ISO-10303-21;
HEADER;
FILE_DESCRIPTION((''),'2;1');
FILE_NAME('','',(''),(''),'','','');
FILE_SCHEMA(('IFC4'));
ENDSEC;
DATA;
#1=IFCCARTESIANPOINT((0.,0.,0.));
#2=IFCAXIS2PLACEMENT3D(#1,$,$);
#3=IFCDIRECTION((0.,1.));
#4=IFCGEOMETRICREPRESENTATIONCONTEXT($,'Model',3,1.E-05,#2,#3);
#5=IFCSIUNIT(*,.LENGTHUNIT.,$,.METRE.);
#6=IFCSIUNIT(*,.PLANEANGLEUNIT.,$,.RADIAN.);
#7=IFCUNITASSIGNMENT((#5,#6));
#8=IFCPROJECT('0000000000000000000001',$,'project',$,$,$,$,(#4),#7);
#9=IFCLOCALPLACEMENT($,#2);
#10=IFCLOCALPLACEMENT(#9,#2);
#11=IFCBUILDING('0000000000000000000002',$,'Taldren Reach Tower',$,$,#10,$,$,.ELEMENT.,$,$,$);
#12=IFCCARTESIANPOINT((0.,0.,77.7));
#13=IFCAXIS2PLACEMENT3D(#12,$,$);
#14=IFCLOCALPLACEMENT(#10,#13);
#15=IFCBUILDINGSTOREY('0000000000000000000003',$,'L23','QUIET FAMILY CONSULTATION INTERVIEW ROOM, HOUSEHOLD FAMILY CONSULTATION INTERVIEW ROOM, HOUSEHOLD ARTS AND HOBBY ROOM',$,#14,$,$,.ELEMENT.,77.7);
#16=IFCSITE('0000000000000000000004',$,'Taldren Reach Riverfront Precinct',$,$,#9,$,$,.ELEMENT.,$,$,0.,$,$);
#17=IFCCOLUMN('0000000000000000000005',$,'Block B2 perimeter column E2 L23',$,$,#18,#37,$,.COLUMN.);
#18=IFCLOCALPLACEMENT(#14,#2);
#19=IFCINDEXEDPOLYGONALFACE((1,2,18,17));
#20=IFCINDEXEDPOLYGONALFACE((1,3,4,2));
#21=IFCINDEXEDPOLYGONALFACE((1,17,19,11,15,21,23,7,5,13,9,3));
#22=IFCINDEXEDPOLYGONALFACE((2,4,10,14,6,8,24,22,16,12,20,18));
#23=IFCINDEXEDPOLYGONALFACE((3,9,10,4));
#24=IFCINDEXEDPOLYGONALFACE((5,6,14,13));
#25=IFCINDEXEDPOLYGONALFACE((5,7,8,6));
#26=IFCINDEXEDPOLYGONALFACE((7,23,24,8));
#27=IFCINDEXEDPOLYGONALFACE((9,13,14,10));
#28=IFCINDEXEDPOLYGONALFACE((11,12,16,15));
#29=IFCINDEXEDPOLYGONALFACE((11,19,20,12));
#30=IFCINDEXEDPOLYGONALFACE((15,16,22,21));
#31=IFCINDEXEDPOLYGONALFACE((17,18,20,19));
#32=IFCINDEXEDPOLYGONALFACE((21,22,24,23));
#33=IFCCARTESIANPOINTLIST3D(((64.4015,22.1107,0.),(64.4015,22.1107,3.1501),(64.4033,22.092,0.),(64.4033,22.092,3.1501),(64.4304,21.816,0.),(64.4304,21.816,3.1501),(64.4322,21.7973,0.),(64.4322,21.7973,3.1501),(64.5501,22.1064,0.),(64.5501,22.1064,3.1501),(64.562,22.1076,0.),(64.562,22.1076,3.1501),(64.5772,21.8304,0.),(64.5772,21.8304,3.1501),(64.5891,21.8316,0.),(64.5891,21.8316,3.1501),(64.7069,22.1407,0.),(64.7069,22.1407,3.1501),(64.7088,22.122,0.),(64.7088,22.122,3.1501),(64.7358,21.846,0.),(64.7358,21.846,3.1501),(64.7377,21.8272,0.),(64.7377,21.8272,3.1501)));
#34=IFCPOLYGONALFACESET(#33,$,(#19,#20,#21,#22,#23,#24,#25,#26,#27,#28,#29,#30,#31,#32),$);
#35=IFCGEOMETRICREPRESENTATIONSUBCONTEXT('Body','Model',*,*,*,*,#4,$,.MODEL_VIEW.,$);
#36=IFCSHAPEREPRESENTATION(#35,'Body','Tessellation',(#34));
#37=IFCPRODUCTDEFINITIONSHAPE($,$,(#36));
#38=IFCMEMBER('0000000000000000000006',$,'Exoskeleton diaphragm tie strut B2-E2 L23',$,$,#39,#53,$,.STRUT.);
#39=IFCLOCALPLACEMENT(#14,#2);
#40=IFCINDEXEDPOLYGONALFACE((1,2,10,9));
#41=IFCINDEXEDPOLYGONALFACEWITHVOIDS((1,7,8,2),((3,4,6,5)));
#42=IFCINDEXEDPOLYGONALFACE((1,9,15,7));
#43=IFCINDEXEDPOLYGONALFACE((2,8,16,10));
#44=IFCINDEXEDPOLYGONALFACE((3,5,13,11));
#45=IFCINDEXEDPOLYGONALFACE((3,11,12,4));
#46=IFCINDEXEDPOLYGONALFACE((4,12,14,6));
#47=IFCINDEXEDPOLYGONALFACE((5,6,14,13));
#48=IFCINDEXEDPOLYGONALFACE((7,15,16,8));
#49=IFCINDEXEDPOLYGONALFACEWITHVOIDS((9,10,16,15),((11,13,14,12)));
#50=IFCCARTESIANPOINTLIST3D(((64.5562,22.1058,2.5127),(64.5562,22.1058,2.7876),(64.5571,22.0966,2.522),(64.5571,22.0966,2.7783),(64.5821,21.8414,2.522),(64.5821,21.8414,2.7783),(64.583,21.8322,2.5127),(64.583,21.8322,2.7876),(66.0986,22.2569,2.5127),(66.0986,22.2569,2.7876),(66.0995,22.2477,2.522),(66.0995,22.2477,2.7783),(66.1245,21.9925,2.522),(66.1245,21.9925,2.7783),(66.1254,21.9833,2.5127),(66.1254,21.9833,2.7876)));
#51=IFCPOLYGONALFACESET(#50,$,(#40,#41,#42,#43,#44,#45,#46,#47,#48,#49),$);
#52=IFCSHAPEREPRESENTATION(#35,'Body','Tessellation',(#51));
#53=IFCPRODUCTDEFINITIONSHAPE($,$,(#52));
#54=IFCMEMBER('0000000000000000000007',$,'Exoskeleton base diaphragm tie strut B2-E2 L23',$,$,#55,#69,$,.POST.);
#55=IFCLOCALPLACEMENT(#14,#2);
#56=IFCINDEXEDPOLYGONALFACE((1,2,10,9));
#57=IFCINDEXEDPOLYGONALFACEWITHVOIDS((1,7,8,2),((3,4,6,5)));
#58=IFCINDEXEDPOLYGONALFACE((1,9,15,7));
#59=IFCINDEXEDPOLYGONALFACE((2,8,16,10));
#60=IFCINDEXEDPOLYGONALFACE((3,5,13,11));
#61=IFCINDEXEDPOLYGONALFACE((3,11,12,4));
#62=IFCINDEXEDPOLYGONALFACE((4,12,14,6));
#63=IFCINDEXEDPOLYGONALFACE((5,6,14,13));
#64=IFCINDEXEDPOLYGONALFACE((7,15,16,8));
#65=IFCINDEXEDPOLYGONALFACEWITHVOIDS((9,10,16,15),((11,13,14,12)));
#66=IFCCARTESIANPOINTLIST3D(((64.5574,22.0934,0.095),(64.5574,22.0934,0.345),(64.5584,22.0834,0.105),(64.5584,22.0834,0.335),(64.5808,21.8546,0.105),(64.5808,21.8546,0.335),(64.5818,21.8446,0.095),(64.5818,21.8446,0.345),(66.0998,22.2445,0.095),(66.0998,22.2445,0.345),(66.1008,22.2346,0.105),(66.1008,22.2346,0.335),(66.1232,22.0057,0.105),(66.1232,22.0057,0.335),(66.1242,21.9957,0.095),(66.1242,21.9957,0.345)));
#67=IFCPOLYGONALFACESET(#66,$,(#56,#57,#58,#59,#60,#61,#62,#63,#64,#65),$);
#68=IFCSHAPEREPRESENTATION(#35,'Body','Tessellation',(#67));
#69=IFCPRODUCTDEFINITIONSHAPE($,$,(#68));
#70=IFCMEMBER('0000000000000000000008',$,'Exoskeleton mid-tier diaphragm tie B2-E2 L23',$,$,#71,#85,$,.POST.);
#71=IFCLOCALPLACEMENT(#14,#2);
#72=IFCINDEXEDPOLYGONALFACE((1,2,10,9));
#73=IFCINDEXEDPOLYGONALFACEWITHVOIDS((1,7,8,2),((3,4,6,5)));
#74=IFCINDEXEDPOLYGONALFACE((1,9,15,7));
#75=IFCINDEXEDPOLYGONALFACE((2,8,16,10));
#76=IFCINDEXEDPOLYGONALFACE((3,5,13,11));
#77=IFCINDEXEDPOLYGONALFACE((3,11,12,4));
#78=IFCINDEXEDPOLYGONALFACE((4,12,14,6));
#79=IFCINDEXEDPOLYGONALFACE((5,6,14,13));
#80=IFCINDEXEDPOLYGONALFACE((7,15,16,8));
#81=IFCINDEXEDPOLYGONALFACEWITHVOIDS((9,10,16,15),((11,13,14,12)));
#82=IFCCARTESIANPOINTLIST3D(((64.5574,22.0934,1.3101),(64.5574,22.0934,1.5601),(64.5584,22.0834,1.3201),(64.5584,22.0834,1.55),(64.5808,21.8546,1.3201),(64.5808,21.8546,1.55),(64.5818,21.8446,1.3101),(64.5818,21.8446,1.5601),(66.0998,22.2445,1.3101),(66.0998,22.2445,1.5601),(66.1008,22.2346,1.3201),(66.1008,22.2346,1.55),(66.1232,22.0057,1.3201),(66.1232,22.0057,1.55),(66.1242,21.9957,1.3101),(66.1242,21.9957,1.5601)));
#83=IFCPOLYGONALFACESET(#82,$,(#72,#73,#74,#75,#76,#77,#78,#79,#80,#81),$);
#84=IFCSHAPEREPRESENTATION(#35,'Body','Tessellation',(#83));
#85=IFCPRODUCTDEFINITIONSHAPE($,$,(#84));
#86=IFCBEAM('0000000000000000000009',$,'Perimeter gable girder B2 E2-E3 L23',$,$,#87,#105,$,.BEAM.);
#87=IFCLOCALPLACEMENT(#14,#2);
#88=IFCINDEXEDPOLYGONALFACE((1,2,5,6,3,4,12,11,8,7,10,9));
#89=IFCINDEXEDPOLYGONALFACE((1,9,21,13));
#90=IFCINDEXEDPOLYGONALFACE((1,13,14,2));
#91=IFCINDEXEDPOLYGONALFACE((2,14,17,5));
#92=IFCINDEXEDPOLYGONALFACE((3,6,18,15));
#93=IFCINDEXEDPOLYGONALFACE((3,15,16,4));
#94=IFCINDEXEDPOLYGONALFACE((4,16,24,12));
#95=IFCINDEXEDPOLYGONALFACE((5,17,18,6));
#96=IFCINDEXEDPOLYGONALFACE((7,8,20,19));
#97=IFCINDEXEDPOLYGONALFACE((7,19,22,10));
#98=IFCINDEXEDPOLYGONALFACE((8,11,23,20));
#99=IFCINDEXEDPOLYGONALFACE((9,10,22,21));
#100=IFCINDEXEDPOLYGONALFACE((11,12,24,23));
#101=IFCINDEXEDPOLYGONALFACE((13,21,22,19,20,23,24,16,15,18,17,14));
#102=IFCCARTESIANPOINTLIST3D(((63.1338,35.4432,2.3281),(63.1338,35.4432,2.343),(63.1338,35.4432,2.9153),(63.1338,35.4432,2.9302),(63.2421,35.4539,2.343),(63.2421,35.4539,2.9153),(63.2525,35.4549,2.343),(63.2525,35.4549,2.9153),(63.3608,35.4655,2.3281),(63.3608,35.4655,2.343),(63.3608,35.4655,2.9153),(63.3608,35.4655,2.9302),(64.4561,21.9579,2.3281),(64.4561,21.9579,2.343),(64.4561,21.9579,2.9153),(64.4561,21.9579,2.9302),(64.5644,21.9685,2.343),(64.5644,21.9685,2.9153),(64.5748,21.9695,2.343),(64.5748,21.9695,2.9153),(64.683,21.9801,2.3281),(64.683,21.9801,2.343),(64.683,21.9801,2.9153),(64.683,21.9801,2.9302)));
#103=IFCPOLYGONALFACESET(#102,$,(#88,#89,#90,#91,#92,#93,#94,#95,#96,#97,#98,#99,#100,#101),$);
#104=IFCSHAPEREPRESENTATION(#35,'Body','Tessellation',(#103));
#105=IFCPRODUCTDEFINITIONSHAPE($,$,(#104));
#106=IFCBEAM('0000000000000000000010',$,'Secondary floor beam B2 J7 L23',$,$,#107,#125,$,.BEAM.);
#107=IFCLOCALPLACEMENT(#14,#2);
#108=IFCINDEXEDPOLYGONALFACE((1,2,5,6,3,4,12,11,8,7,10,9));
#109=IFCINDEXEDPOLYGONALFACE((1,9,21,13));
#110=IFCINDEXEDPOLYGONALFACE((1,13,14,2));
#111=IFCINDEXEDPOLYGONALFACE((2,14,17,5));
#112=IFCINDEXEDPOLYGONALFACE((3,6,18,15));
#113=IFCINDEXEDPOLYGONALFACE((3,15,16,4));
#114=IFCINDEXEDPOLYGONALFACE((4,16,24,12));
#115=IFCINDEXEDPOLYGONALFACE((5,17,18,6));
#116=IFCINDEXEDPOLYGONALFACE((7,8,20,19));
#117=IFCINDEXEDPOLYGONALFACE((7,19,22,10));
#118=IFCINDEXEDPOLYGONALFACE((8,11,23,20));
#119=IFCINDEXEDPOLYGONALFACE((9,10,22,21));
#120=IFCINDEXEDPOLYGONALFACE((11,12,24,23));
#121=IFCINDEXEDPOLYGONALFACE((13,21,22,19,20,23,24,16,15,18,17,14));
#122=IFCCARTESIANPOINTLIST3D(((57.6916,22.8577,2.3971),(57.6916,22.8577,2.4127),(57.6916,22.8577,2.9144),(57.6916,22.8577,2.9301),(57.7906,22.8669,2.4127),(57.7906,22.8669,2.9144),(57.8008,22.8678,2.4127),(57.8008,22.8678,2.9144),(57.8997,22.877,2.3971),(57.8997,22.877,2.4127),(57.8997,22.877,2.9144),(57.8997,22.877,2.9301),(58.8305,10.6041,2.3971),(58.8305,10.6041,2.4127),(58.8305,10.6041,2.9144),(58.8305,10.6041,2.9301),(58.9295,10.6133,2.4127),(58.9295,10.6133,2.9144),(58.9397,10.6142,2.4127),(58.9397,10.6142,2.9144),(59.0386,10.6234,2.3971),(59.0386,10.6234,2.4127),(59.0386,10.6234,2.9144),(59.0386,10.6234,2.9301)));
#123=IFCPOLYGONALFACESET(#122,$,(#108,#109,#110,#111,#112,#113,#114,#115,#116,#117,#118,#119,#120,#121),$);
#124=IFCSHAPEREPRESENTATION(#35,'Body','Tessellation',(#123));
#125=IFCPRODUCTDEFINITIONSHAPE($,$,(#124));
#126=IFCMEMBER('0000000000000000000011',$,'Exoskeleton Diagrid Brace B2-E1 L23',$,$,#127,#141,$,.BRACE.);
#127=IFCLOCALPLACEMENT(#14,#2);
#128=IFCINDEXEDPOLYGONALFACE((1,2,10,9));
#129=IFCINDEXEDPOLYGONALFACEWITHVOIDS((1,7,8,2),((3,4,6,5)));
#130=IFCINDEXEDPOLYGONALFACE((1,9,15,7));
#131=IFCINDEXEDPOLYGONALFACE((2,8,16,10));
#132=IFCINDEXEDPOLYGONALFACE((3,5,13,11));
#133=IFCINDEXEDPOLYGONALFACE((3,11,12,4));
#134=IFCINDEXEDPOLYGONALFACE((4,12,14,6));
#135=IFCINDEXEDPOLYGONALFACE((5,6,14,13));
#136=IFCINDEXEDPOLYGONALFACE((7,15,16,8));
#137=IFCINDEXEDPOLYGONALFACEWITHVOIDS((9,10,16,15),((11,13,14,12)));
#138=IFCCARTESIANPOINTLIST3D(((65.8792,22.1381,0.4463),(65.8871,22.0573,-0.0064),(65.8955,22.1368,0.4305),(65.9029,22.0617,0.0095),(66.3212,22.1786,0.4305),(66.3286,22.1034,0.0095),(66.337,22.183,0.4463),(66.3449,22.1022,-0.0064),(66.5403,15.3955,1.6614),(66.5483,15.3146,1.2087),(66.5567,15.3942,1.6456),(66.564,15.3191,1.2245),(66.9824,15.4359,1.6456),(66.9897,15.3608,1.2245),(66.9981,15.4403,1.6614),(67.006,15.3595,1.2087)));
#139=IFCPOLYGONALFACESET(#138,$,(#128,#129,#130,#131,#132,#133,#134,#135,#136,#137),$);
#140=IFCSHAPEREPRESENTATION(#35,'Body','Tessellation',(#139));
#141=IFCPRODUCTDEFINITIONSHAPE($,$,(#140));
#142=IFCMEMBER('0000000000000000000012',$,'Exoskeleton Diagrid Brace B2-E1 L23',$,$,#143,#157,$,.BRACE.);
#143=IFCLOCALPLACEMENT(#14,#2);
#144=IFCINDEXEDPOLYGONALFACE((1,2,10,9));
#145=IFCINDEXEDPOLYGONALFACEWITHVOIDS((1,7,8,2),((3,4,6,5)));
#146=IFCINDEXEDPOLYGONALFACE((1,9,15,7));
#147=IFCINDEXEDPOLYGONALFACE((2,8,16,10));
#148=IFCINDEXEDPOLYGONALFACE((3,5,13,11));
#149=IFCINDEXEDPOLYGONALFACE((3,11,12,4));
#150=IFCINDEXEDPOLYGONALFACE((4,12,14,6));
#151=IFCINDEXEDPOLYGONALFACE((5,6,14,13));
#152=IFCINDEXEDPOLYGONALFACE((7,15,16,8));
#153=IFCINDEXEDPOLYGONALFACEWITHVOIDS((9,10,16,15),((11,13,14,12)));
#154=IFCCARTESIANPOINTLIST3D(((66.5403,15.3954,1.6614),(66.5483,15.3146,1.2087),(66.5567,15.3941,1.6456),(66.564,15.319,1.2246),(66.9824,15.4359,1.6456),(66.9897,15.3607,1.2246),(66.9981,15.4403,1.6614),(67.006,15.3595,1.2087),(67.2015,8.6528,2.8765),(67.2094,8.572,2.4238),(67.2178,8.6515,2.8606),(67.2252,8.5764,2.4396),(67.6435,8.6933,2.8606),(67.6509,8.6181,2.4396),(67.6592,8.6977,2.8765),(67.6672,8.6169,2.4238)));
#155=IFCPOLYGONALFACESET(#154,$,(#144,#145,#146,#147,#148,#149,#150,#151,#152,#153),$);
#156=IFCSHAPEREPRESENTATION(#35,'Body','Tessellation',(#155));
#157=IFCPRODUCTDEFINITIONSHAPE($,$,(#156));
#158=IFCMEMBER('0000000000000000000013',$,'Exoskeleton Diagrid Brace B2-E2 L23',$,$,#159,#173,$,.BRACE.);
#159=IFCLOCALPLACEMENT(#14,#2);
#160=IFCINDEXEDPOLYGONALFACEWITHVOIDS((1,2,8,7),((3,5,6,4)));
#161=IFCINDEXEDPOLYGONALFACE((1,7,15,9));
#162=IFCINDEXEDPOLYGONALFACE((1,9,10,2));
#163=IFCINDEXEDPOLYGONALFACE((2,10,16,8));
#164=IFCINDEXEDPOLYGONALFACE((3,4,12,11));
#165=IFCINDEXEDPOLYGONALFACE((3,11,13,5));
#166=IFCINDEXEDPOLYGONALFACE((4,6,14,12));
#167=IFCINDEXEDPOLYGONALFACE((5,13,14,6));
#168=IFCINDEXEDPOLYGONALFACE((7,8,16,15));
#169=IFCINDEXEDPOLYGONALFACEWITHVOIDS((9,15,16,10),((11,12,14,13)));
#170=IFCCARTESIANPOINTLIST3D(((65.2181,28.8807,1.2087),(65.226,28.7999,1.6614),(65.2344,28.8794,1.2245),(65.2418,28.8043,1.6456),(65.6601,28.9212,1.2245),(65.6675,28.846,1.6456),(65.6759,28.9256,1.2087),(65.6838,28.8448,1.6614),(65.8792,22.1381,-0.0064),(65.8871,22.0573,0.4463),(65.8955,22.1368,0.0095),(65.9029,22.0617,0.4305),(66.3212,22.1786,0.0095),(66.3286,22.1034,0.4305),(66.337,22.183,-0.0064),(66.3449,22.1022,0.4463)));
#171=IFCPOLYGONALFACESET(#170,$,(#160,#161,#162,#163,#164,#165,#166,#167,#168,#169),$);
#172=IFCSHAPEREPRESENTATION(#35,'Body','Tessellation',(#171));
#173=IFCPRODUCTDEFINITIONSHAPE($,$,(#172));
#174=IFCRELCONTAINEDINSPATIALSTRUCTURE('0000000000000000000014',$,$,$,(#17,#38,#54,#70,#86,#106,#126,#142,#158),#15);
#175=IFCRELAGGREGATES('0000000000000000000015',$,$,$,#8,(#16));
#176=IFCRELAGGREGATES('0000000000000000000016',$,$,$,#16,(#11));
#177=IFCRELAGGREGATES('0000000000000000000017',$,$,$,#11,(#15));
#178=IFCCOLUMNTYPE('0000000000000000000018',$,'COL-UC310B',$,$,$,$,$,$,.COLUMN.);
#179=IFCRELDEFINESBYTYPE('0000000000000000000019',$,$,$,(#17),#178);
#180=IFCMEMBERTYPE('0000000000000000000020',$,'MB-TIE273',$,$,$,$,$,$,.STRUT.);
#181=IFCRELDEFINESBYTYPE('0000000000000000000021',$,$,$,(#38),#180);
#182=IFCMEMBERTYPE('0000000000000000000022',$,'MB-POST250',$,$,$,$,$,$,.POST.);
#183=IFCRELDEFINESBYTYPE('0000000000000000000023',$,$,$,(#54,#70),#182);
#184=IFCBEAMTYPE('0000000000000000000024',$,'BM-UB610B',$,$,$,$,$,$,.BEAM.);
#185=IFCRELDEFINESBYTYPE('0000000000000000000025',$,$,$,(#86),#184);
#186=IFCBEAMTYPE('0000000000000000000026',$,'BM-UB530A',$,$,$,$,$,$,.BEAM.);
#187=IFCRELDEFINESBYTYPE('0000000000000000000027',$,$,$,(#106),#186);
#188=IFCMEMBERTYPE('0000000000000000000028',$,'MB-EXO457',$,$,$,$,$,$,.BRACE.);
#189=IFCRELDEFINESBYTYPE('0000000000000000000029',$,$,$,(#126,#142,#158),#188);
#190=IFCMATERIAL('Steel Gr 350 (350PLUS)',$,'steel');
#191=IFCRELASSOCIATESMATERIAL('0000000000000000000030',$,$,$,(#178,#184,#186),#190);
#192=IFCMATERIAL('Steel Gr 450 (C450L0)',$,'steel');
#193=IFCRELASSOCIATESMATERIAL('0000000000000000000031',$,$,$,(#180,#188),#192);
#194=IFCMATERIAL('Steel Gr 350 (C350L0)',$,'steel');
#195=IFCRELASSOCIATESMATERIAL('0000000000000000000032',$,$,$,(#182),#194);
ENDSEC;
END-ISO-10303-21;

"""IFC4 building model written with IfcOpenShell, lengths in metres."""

from ifc_helpers import new_model, si_unit, direction, frame, origin, origin_2d, place, context, subcontext, project, spatial, hollow_rectangle, i_section, extrude, source, transform, mapped, material, material_profile, profile_set, type_object, element, save


model = new_model("IFC4")

# Units and contexts
model_context = context("Model", 3, precision=1e-05, world=origin(), true_north=direction((0.0, 1.0)))
body_context = subcontext(model_context, "Body", "Model", "MODEL_VIEW")
ifc_project = project(units=[si_unit("LENGTHUNIT", "METRE"), si_unit("PLANEANGLEUNIT", "RADIAN")], contexts=[model_context])

# Site, building, storey
site_placement = place(None, origin())
site = spatial("IfcSite", under=ifc_project, at=site_placement, Name="Taldren Reach Riverfront Precinct", CompositionType="ELEMENT", RefElevation=0.0)
building_placement = place(site_placement, origin())
building = spatial("IfcBuilding", under=site, at=building_placement, Name="Taldren Reach Tower", CompositionType="ELEMENT")
storey_placement = place(building_placement, frame((0.0, 0.0, 77.7)))
storey = spatial("IfcBuildingStorey", under=building, at=storey_placement, Name="L23", Description="QUIET FAMILY CONSULTATION INTERVIEW ROOM, HOUSEHOLD FAMILY CONSULTATION INTERVIEW ROOM, HOUSEHOLD ARTS AND HOBBY ROOM", CompositionType="ELEMENT", Elevation=77.7)

# Column
ifc_material_1 = material(Name="Steel Gr 350 (350PLUS)", Category="steel")
ifc_material_profile_1 = material_profile(ifc_material_1, i_section(OverallWidth=0.3069, OverallDepth=0.3149, WebThickness=0.012, FlangeThickness=0.0188, at=origin_2d()), Name="310UC118")
ifc_profile_set_1 = profile_set([ifc_material_profile_1], Name="Steel Gr 350 (350PLUS)")
column_type = type_object("IfcColumnType", Name="COL-UC310B", PredefinedType="COLUMN", material=ifc_profile_set_1)
shared_shape_1 = source(origin(), body_context, "Body", "SweptSolid", [
    extrude(i_section(OverallWidth=0.3069, OverallDepth=0.3149, WebThickness=0.012, FlangeThickness=0.0188, at=origin_2d()), origin(), (0.0, 0.0, 1.0), 3.1501),
])
column_placement = place(storey_placement, frame((64.5696, 21.969, 0.0), z_axis=(0.0, 0.0, 1.0), x_axis=(0.995227, 0.097583, 0.0)))
element("IfcColumn", 1, at=column_placement, inside=storey, type_object=column_type, Name="Block B2 perimeter column E2 L23", PredefinedType="COLUMN", context=body_context, shape_type="MappedRepresentation", body=[
    mapped(shared_shape_1, transform((0.0, 0.0, 0.0), scale=1.0)),
])

# Members
ifc_material_2 = material(Name="Steel Gr 450 (C450L0)", Category="steel")
ifc_material_profile_2 = material_profile(ifc_material_2, hollow_rectangle(XDim=0.2749, YDim=0.2749, WallThickness=0.0093, at=origin_2d()), Name="275x275x9.3SHS")
ifc_profile_set_2 = profile_set([ifc_material_profile_2], Name="Steel Gr 450 (C450L0)")
member_type_1 = type_object("IfcMemberType", Name="MB-TIE273", PredefinedType="STRUT", material=ifc_profile_set_2)
shared_shape_2 = source(origin(), body_context, "Body", "SweptSolid", [
    extrude(hollow_rectangle(XDim=0.2749, YDim=0.2749, WallThickness=0.0093, at=origin_2d()), origin(), (0.0, 0.0, 1.0), 1.5498),
])
member_1_placement = place(storey_placement, frame((64.5696, 21.969, 2.6501), z_axis=(0.995235, 0.097507, 0.0), x_axis=(-0.097507, 0.995235, 0.0)))
element("IfcMember", 2, at=member_1_placement, inside=storey, type_object=member_type_1, Name="Exoskeleton diaphragm tie strut B2-E2 L23", PredefinedType="STRUT", context=body_context, shape_type="MappedRepresentation", body=[
    mapped(shared_shape_2, transform((0.0, 0.0, 0.0), scale=1.0)),
])
ifc_material_3 = material(Name="Steel Gr 350 (C350L0)", Category="steel")
ifc_material_profile_3 = material_profile(ifc_material_3, hollow_rectangle(XDim=0.25, YDim=0.25, WallThickness=0.01, at=origin_2d()), Name="250x250x10.0SHS")
ifc_profile_set_3 = profile_set([ifc_material_profile_3], Name="Steel Gr 350 (C350L0)")
member_type_2 = type_object("IfcMemberType", Name="MB-POST250", PredefinedType="POST", material=ifc_profile_set_3)
shared_shape_3 = source(origin(), body_context, "Body", "SweptSolid", [
    extrude(hollow_rectangle(XDim=0.25, YDim=0.25, WallThickness=0.01, at=origin_2d()), origin(), (0.0, 0.0, 1.0), 1.5498),
])
for number, where, z_axis, x_axis, name in (
    (3, (64.5696, 21.969, 0.22), (0.995235, 0.097507, 0.0), (-0.097507, 0.995235, 0.0), "Exoskeleton base diaphragm tie strut B2-E2 L23"),
    (4, (64.5696, 21.969, 1.4351), (0.995235, 0.097507, 0.0), (-0.097507, 0.995235, 0.0), "Exoskeleton mid-tier diaphragm tie B2-E2 L23"),
):
    element("IfcMember", number, at=place(storey_placement, frame(where, z_axis=z_axis, x_axis=x_axis)), inside=storey, type_object=member_type_2, Name=name, PredefinedType="POST", context=body_context, shape_type="MappedRepresentation", body=[
        mapped(shared_shape_3, transform((0.0, 0.0, 0.0), scale=1.0)),
    ])

# Beams
ifc_material_profile_4 = material_profile(ifc_material_1, i_section(OverallWidth=0.228, OverallDepth=0.6021, WebThickness=0.0105, FlangeThickness=0.0149, at=origin_2d()), Name="610UB101")
ifc_profile_set_4 = profile_set([ifc_material_profile_4], Name="Steel Gr 350 (350PLUS)")
beam_type_1 = type_object("IfcBeamType", Name="BM-UB610B", PredefinedType="BEAM", material=ifc_profile_set_4)
shared_shape_4 = source(origin(), body_context, "Body", "SweptSolid", [
    extrude(i_section(OverallWidth=0.228, OverallDepth=0.6021, WebThickness=0.0105, FlangeThickness=0.0149, at=origin_2d()), origin(), (0.0, 0.0, 1.0), 13.55),
])
beam_1_placement = place(storey_placement, frame((64.5696, 21.969, 2.6292), z_axis=(-0.097584, 0.995227, 0.0), x_axis=(-0.995227, -0.097584, 0.0)))
element("IfcBeam", 5, at=beam_1_placement, inside=storey, type_object=beam_type_1, Name="Perimeter gable girder B2 E2-E3 L23", PredefinedType="BEAM", context=body_context, shape_type="MappedRepresentation", body=[
    mapped(shared_shape_4, transform((0.0, 0.0, 0.0), scale=1.0)),
])
ifc_material_profile_5 = material_profile(ifc_material_1, i_section(OverallWidth=0.209, OverallDepth=0.533, WebThickness=0.0103, FlangeThickness=0.0156, at=origin_2d()), Name="530UB92.4")
ifc_profile_set_5 = profile_set([ifc_material_profile_5], Name="Steel Gr 350 (350PLUS)")
beam_type_2 = type_object("IfcBeamType", Name="BM-UB530A", PredefinedType="BEAM", material=ifc_profile_set_5)
shared_shape_5 = source(origin(), body_context, "Body", "SweptSolid", [
    extrude(i_section(OverallWidth=0.209, OverallDepth=0.533, WebThickness=0.0103, FlangeThickness=0.0156, at=origin_2d()), origin(), (0.0, 0.0, 1.0), 12.3064),
])
beam_2_placement = place(storey_placement, frame((58.9346, 10.6138, 2.6636), z_axis=(-0.092546, 0.995708, 0.0), x_axis=(-0.995708, -0.092546, 0.0)))
element("IfcBeam", 6, at=beam_2_placement, inside=storey, type_object=beam_type_2, Name="Secondary floor beam B2 J7 L23", PredefinedType="BEAM", context=body_context, shape_type="MappedRepresentation", body=[
    mapped(shared_shape_5, transform((0.0, 0.0, 0.0), scale=1.0)),
])

# Members
ifc_material_profile_6 = material_profile(ifc_material_2, hollow_rectangle(XDim=0.46, YDim=0.46, WallThickness=0.0161, at=origin_2d()), Name="460x460x16.0SHS")
ifc_profile_set_6 = profile_set([ifc_material_profile_6], Name="Steel Gr 450 (C450L0)")
member_type_3 = type_object("IfcMemberType", Name="MB-EXO457", PredefinedType="BRACE", material=ifc_profile_set_6)
shared_shape_6 = source(origin(), body_context, "Body", "SweptSolid", [
    extrude(hollow_rectangle(XDim=0.46, YDim=0.46, WallThickness=0.0161, at=origin_2d()), origin(), (0.0, 0.0, 1.0), 6.8831),
])
for number, where, z_axis, x_axis, name in (
    (7, (66.1121, 22.1201, 0.22), (0.096051, -0.979597, 0.176532), (0.995227, 0.097584, 0.0), "Exoskeleton Diagrid Brace B2-E1 L23"),
    (8, (66.7732, 15.3774, 1.4351), (0.096051, -0.979597, 0.176532), (0.995227, 0.097584, 0.0), "Exoskeleton Diagrid Brace B2-E1 L23"),
    (9, (66.1121, 22.1201, 0.22), (-0.096051, 0.979597, 0.176532), (-0.995227, -0.097584, 0.0), "Exoskeleton Diagrid Brace B2-E2 L23"),
):
    element("IfcMember", number, at=place(storey_placement, frame(where, z_axis=z_axis, x_axis=x_axis)), inside=storey, type_object=member_type_3, Name=name, PredefinedType="BRACE", context=body_context, shape_type="MappedRepresentation", body=[
        mapped(shared_shape_6, transform((0.0, 0.0, 0.0), scale=1.0)),
    ])

save(model, "model.ifc")
